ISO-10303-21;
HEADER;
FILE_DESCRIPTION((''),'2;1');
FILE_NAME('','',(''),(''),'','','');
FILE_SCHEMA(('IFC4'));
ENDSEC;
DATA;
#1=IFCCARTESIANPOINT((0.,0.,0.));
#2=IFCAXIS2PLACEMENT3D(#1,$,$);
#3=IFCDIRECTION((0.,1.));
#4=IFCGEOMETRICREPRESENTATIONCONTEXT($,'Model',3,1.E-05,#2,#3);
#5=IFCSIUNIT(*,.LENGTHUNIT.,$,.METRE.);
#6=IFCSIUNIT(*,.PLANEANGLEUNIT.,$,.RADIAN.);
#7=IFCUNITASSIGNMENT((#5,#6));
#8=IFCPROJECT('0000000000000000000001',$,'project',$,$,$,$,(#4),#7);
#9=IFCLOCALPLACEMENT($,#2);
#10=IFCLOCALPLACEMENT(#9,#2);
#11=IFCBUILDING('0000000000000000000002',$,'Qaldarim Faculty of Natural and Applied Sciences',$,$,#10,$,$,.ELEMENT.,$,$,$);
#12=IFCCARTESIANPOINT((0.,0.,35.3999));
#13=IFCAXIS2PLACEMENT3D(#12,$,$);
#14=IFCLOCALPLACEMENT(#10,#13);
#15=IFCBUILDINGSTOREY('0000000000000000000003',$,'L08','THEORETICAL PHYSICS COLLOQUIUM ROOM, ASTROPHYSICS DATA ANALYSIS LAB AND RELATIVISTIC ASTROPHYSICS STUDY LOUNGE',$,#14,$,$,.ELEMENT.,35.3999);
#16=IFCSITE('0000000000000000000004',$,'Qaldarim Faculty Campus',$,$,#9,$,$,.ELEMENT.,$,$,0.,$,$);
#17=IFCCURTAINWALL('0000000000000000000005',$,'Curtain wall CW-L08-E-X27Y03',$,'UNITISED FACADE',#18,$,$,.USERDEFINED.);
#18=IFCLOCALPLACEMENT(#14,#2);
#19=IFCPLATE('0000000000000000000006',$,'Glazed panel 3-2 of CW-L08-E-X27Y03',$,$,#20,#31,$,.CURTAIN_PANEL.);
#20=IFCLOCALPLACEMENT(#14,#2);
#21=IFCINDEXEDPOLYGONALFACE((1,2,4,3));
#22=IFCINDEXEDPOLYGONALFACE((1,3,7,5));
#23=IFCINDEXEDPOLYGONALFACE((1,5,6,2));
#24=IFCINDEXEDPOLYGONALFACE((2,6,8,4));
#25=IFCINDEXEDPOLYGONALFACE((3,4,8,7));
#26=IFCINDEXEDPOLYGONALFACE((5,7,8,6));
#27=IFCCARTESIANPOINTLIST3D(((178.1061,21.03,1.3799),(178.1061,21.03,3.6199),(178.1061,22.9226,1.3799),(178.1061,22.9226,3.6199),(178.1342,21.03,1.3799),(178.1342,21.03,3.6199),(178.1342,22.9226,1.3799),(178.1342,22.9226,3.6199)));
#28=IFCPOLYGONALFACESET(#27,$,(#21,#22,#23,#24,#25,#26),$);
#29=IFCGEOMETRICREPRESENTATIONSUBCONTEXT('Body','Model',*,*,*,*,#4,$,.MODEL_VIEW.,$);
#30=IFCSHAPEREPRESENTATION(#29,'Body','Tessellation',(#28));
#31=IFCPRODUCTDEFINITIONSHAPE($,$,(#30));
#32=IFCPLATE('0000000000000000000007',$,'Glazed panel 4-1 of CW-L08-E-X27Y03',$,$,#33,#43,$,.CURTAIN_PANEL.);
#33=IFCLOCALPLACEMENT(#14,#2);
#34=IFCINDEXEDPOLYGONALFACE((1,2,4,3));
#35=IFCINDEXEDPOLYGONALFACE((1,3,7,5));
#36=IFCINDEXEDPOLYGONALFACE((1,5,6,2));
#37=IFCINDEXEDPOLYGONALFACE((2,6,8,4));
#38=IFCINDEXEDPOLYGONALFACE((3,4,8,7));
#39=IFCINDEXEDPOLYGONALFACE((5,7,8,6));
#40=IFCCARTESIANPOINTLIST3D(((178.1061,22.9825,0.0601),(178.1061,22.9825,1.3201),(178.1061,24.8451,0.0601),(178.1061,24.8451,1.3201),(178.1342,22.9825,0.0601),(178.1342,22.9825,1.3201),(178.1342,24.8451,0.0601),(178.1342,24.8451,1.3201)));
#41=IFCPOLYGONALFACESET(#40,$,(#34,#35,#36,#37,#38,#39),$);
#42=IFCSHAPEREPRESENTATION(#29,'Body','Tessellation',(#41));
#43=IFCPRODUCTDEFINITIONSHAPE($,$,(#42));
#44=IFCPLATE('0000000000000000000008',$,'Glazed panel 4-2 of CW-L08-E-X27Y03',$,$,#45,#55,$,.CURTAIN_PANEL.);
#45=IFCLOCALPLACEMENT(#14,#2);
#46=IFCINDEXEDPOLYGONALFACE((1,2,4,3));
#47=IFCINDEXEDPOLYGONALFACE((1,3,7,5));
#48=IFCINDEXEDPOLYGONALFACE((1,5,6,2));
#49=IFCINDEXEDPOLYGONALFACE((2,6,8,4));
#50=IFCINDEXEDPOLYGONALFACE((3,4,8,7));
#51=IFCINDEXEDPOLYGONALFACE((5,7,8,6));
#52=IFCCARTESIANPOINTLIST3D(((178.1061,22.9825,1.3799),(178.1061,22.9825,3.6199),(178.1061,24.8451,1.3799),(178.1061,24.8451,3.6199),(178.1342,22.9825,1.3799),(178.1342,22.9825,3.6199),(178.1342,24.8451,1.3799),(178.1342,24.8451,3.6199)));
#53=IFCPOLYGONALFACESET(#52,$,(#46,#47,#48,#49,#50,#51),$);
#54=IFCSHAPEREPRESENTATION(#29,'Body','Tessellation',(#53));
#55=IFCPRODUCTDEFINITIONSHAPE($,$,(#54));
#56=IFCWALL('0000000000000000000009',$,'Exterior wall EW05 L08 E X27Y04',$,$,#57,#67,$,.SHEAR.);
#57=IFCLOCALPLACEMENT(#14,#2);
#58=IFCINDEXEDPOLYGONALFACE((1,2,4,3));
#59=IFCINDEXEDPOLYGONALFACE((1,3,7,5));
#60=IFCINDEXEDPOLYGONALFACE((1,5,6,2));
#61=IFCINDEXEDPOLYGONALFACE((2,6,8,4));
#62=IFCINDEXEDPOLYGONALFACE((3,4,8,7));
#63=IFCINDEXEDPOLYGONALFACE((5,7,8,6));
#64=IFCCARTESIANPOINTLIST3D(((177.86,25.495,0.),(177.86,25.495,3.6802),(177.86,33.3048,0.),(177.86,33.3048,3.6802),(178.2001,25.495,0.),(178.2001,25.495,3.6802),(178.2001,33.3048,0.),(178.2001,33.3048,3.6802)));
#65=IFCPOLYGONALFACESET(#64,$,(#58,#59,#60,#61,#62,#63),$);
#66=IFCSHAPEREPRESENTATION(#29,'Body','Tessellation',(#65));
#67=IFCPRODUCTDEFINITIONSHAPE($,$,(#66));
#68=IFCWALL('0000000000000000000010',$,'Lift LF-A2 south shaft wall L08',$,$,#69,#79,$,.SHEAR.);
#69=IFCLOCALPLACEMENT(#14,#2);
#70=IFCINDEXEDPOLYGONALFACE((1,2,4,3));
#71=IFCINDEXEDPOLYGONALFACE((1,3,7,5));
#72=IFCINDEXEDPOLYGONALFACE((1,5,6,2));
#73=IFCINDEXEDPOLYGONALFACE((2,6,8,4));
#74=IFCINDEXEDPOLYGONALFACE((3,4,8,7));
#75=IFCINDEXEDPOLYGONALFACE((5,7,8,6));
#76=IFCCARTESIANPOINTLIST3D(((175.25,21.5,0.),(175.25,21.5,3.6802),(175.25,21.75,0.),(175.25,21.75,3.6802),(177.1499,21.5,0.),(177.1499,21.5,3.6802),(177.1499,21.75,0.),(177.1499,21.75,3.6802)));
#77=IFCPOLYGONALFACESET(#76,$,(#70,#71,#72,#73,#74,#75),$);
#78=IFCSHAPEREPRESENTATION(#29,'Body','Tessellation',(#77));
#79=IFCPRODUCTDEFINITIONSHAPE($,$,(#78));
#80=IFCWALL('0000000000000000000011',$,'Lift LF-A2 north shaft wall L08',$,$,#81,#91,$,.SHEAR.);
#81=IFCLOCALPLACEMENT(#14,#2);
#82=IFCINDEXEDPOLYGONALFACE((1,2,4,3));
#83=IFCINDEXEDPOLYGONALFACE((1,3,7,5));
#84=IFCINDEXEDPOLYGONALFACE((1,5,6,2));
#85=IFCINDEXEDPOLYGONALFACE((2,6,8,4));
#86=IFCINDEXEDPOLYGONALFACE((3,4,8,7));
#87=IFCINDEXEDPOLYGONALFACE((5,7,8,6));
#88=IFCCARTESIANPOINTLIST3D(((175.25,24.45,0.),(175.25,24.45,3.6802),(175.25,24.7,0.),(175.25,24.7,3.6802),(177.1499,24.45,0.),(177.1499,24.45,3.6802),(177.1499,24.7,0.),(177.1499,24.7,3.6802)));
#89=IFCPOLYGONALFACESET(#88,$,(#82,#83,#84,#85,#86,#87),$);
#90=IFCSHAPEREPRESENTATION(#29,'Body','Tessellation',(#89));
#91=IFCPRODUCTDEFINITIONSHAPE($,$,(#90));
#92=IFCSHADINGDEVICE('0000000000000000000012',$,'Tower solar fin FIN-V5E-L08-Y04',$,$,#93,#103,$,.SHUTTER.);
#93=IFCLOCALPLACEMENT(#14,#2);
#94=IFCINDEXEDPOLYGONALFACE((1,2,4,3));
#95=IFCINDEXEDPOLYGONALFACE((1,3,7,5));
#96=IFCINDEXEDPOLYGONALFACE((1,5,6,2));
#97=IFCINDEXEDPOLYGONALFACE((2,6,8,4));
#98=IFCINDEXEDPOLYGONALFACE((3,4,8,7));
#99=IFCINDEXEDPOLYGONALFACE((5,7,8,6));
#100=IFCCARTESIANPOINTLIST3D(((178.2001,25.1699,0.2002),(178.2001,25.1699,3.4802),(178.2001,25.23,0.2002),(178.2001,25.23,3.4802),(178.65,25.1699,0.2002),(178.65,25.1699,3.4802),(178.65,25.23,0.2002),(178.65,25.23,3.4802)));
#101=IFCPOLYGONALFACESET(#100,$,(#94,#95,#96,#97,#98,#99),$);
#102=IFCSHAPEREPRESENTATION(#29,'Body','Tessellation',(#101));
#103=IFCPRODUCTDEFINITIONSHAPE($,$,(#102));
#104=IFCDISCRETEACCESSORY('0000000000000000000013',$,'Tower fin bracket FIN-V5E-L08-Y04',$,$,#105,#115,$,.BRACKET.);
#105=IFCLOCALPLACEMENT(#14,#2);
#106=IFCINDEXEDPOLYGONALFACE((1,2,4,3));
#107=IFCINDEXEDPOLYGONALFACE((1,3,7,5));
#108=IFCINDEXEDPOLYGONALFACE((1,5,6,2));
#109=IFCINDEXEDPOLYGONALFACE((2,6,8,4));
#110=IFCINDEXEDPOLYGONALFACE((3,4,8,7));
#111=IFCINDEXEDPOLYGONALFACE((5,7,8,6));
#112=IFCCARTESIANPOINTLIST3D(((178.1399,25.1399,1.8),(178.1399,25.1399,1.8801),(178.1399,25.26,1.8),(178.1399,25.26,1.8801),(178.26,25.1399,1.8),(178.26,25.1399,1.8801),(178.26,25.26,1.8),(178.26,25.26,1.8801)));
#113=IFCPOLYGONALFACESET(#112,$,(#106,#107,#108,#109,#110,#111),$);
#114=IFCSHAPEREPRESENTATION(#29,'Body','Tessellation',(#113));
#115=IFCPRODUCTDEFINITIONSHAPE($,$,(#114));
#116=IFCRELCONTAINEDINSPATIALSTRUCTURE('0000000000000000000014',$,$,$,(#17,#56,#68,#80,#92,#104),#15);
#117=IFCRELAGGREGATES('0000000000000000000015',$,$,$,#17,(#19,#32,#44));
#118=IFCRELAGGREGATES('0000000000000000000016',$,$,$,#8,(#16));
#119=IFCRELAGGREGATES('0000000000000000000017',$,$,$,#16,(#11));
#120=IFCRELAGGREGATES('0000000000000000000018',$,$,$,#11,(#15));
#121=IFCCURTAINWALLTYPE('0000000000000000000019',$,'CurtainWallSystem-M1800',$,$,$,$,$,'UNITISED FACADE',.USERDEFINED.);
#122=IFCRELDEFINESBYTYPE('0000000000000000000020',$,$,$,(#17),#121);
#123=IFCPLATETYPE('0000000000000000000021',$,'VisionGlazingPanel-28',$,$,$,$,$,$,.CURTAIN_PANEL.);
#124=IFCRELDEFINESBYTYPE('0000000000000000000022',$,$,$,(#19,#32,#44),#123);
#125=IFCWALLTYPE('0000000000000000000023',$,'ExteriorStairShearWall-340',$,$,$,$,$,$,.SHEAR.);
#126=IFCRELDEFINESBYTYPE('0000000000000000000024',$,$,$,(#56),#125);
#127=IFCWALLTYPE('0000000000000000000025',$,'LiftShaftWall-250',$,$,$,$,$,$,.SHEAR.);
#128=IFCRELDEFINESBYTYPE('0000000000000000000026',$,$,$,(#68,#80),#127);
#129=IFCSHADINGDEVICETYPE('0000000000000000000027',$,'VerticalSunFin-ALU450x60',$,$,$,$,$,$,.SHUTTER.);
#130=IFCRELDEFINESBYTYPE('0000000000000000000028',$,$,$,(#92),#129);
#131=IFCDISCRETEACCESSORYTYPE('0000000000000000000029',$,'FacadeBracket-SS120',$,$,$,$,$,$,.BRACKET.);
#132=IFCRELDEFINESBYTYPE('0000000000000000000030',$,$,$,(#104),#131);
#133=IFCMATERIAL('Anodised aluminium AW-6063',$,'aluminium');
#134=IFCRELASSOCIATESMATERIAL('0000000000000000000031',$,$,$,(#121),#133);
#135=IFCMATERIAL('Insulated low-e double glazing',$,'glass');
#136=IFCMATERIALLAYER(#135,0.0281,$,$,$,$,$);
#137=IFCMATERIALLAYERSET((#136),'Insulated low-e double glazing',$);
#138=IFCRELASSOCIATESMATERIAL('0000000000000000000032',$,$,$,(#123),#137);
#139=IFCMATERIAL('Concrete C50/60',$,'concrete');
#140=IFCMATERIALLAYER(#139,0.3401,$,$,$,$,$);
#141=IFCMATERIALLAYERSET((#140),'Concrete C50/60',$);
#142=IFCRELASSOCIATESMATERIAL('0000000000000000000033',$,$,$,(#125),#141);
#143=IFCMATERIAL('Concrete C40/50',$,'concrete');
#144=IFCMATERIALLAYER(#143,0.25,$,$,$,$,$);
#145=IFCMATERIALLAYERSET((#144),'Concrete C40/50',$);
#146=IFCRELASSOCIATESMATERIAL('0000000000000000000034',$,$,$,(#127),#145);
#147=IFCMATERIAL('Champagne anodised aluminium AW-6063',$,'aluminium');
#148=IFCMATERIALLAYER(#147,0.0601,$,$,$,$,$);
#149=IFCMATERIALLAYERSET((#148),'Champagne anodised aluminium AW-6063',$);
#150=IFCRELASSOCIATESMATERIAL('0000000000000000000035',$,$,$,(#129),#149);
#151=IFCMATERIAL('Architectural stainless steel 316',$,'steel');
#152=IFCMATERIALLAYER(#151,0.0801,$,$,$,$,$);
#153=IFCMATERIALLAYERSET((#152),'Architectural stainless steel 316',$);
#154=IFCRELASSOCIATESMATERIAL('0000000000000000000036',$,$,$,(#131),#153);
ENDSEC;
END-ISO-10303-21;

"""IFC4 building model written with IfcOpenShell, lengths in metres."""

from ifc_helpers import new_model, si_unit, direction, frame, frame_2d, origin, origin_2d, place, context, subcontext, project, spatial, rectangle, extrude, material, layer, layer_set, type_object, element, aggregate, save


model = new_model("IFC4")

# Units and contexts
model_context = context("Model", 3, precision=1e-05, world=origin(), true_north=direction((0.0, 1.0)))
body_context = subcontext(model_context, "Body", "Model", "MODEL_VIEW")
ifc_project = project(units=[si_unit("LENGTHUNIT", "METRE"), si_unit("PLANEANGLEUNIT", "RADIAN")], contexts=[model_context])

# Site, building, storey
site_placement = place(None, origin())
site = spatial("IfcSite", under=ifc_project, at=site_placement, Name="Qaldarim Faculty Campus", CompositionType="ELEMENT", RefElevation=0.0)
building_placement = place(site_placement, origin())
building = spatial("IfcBuilding", under=site, at=building_placement, Name="Qaldarim Faculty of Natural and Applied Sciences", CompositionType="ELEMENT")
storey_placement = place(building_placement, frame((0.0, 0.0, 35.3999)))
storey = spatial("IfcBuildingStorey", under=building, at=storey_placement, Name="L08", Description="THEORETICAL PHYSICS COLLOQUIUM ROOM, ASTROPHYSICS DATA ANALYSIS LAB AND RELATIVISTIC ASTROPHYSICS STUDY LOUNGE", CompositionType="ELEMENT", Elevation=35.3999)

# Shared definitions
ifc_material_1 = material(Name="Concrete C50/60", Category="concrete")

# Curtain wall
ifc_material_2 = material(Name="Anodised aluminium AW-6063", Category="aluminium")
curtain_wall_type = type_object("IfcCurtainWallType", Name="CurtainWallSystem-M1800", ElementType="UNITISED FACADE", PredefinedType="USERDEFINED", material=ifc_material_2)
curtain_wall_placement = place(storey_placement, origin())
curtain_wall = element("IfcCurtainWall", 1, at=curtain_wall_placement, inside=storey, type_object=curtain_wall_type, Name="Curtain wall CW-L08-E-X27Y03", ObjectType="UNITISED FACADE", PredefinedType="USERDEFINED")

# Shared definitions
ifc_material_3 = material(Name="Concrete C40/50", Category="concrete")

# Plates
ifc_material_4 = material(Name="Insulated low-e double glazing", Category="glass")
ifc_layer_1 = layer(ifc_material_4, 0.0281)
ifc_layer_set_1 = layer_set([ifc_layer_1], Name="Insulated low-e double glazing")
plate_type_1 = type_object("IfcPlateType", Name="VisionGlazingPanel-28", PredefinedType="CURTAIN_PANEL", material=ifc_layer_set_1)
plate_1_placement = place(storey_placement, frame((178.1201, 21.9763, 1.3799), z_axis=(0.0, 0.0, 1.0), x_axis=(0.0, 1.0, 0.0)))
plate_1 = element("IfcPlate", 2, at=plate_1_placement, type_object=plate_type_1, Name="Glazed panel 3-2 of CW-L08-E-X27Y03", PredefinedType="CURTAIN_PANEL", context=body_context, shape_type="SweptSolid", body=[
    extrude(rectangle(XDim=1.8926, YDim=0.0281, at=origin_2d()), origin(), (0.0, 0.0, 1.0), 2.24),
])
plate_2_placement = place(storey_placement, frame((178.1201, 23.9138, 0.0601), z_axis=(0.0, 0.0, 1.0), x_axis=(0.0, 1.0, 0.0)))
plate_2 = element("IfcPlate", 3, at=plate_2_placement, type_object=plate_type_1, Name="Glazed panel 4-1 of CW-L08-E-X27Y03", PredefinedType="CURTAIN_PANEL", context=body_context, shape_type="SweptSolid", body=[
    extrude(rectangle(XDim=1.8625, YDim=0.0281, at=origin_2d()), origin(), (0.0, 0.0, 1.0), 1.26),
])
plate_3_placement = place(storey_placement, frame((178.1201, 23.9138, 1.3799), z_axis=(0.0, 0.0, 1.0), x_axis=(0.0, 1.0, 0.0)))
plate_3 = element("IfcPlate", 4, at=plate_3_placement, type_object=plate_type_1, Name="Glazed panel 4-2 of CW-L08-E-X27Y03", PredefinedType="CURTAIN_PANEL", context=body_context, shape_type="SweptSolid", body=[
    extrude(rectangle(XDim=1.8625, YDim=0.0281, at=origin_2d()), origin(), (0.0, 0.0, 1.0), 2.24),
])
aggregate(curtain_wall, [plate_1, plate_2, plate_3])

# Wall
ifc_layer_2 = layer(ifc_material_1, 0.3401)
ifc_layer_set_2 = layer_set([ifc_layer_2], Name="Concrete C50/60")
wall_type_1 = type_object("IfcWallType", Name="ExteriorStairShearWall-340", PredefinedType="SHEAR", material=ifc_layer_set_2)
wall_1_placement = place(storey_placement, frame((178.03, 25.4951, 0.0), z_axis=(0.0, 0.0, 1.0), x_axis=(0.0, 1.0, 0.0)))
element("IfcWall", 5, at=wall_1_placement, inside=storey, type_object=wall_type_1, Name="Exterior wall EW05 L08 E X27Y04", PredefinedType="SHEAR", context=body_context, shape_type="SweptSolid", body=[
    extrude(rectangle(XDim=7.8098, YDim=0.3401, at=frame_2d((3.9048, 0.0))), origin(), (0.0, 0.0, 1.0), 3.6802),
])

# Shared definitions
ifc_material_5 = material(Name="Architectural stainless steel 316", Category="steel")

# Walls
ifc_layer_3 = layer(ifc_material_3, 0.25)
ifc_layer_set_3 = layer_set([ifc_layer_3], Name="Concrete C40/50")
wall_type_2 = type_object("IfcWallType", Name="LiftShaftWall-250", PredefinedType="SHEAR", material=ifc_layer_set_3)
for number, where, z_axis, x_axis, name in (
    (6, (175.25, 21.625, 0.0), (0.0, 0.0, 1.0), (1.0, 0.0, 0.0), "Lift LF-A2 south shaft wall L08"),
    (7, (175.25, 24.575, 0.0), (0.0, 0.0, 1.0), (1.0, 0.0, 0.0), "Lift LF-A2 north shaft wall L08"),
):
    element("IfcWall", number, at=place(storey_placement, frame(where, z_axis=z_axis, x_axis=x_axis)), inside=storey, type_object=wall_type_2, Name=name, PredefinedType="SHEAR", context=body_context, shape_type="SweptSolid", body=[
        extrude(rectangle(XDim=1.8999, YDim=0.25, at=frame_2d((0.95, 0.0))), origin(), (0.0, 0.0, 1.0), 3.6802),
    ])

# Shading device
ifc_material_6 = material(Name="Champagne anodised aluminium AW-6063", Category="aluminium")
ifc_layer_4 = layer(ifc_material_6, 0.0601)
ifc_layer_set_4 = layer_set([ifc_layer_4], Name="Champagne anodised aluminium AW-6063")
shading_device_type = type_object("IfcShadingDeviceType", Name="VerticalSunFin-ALU450x60", PredefinedType="SHUTTER", material=ifc_layer_set_4)
shading_device_placement = place(storey_placement, frame((178.425, 25.2, 0.2002), z_axis=(0.0, 0.0, 1.0), x_axis=(1.0, 0.0, 0.0)))
element("IfcShadingDevice", 8, at=shading_device_placement, inside=storey, type_object=shading_device_type, Name="Tower solar fin FIN-V5E-L08-Y04", PredefinedType="SHUTTER", context=body_context, shape_type="SweptSolid", body=[
    extrude(rectangle(XDim=0.45, YDim=0.0601, at=origin_2d()), origin(), (0.0, 0.0, 1.0), 3.28),
])

# Discrete accessory
ifc_layer_5 = layer(ifc_material_5, 0.0801)
ifc_layer_set_5 = layer_set([ifc_layer_5], Name="Architectural stainless steel 316")
discrete_accessory_type = type_object("IfcDiscreteAccessoryType", Name="FacadeBracket-SS120", PredefinedType="BRACKET", material=ifc_layer_set_5)
discrete_accessory_placement = place(storey_placement, frame((178.2, 25.2, 1.8), z_axis=(0.0, 0.0, 1.0), x_axis=(1.0, 0.0, 0.0)))
element("IfcDiscreteAccessory", 9, at=discrete_accessory_placement, inside=storey, type_object=discrete_accessory_type, Name="Tower fin bracket FIN-V5E-L08-Y04", PredefinedType="BRACKET", context=body_context, shape_type="SweptSolid", body=[
    extrude(rectangle(XDim=0.1201, YDim=0.1201, at=origin_2d()), origin(), (0.0, 0.0, 1.0), 0.0801),
])

save(model, "model.ifc")
